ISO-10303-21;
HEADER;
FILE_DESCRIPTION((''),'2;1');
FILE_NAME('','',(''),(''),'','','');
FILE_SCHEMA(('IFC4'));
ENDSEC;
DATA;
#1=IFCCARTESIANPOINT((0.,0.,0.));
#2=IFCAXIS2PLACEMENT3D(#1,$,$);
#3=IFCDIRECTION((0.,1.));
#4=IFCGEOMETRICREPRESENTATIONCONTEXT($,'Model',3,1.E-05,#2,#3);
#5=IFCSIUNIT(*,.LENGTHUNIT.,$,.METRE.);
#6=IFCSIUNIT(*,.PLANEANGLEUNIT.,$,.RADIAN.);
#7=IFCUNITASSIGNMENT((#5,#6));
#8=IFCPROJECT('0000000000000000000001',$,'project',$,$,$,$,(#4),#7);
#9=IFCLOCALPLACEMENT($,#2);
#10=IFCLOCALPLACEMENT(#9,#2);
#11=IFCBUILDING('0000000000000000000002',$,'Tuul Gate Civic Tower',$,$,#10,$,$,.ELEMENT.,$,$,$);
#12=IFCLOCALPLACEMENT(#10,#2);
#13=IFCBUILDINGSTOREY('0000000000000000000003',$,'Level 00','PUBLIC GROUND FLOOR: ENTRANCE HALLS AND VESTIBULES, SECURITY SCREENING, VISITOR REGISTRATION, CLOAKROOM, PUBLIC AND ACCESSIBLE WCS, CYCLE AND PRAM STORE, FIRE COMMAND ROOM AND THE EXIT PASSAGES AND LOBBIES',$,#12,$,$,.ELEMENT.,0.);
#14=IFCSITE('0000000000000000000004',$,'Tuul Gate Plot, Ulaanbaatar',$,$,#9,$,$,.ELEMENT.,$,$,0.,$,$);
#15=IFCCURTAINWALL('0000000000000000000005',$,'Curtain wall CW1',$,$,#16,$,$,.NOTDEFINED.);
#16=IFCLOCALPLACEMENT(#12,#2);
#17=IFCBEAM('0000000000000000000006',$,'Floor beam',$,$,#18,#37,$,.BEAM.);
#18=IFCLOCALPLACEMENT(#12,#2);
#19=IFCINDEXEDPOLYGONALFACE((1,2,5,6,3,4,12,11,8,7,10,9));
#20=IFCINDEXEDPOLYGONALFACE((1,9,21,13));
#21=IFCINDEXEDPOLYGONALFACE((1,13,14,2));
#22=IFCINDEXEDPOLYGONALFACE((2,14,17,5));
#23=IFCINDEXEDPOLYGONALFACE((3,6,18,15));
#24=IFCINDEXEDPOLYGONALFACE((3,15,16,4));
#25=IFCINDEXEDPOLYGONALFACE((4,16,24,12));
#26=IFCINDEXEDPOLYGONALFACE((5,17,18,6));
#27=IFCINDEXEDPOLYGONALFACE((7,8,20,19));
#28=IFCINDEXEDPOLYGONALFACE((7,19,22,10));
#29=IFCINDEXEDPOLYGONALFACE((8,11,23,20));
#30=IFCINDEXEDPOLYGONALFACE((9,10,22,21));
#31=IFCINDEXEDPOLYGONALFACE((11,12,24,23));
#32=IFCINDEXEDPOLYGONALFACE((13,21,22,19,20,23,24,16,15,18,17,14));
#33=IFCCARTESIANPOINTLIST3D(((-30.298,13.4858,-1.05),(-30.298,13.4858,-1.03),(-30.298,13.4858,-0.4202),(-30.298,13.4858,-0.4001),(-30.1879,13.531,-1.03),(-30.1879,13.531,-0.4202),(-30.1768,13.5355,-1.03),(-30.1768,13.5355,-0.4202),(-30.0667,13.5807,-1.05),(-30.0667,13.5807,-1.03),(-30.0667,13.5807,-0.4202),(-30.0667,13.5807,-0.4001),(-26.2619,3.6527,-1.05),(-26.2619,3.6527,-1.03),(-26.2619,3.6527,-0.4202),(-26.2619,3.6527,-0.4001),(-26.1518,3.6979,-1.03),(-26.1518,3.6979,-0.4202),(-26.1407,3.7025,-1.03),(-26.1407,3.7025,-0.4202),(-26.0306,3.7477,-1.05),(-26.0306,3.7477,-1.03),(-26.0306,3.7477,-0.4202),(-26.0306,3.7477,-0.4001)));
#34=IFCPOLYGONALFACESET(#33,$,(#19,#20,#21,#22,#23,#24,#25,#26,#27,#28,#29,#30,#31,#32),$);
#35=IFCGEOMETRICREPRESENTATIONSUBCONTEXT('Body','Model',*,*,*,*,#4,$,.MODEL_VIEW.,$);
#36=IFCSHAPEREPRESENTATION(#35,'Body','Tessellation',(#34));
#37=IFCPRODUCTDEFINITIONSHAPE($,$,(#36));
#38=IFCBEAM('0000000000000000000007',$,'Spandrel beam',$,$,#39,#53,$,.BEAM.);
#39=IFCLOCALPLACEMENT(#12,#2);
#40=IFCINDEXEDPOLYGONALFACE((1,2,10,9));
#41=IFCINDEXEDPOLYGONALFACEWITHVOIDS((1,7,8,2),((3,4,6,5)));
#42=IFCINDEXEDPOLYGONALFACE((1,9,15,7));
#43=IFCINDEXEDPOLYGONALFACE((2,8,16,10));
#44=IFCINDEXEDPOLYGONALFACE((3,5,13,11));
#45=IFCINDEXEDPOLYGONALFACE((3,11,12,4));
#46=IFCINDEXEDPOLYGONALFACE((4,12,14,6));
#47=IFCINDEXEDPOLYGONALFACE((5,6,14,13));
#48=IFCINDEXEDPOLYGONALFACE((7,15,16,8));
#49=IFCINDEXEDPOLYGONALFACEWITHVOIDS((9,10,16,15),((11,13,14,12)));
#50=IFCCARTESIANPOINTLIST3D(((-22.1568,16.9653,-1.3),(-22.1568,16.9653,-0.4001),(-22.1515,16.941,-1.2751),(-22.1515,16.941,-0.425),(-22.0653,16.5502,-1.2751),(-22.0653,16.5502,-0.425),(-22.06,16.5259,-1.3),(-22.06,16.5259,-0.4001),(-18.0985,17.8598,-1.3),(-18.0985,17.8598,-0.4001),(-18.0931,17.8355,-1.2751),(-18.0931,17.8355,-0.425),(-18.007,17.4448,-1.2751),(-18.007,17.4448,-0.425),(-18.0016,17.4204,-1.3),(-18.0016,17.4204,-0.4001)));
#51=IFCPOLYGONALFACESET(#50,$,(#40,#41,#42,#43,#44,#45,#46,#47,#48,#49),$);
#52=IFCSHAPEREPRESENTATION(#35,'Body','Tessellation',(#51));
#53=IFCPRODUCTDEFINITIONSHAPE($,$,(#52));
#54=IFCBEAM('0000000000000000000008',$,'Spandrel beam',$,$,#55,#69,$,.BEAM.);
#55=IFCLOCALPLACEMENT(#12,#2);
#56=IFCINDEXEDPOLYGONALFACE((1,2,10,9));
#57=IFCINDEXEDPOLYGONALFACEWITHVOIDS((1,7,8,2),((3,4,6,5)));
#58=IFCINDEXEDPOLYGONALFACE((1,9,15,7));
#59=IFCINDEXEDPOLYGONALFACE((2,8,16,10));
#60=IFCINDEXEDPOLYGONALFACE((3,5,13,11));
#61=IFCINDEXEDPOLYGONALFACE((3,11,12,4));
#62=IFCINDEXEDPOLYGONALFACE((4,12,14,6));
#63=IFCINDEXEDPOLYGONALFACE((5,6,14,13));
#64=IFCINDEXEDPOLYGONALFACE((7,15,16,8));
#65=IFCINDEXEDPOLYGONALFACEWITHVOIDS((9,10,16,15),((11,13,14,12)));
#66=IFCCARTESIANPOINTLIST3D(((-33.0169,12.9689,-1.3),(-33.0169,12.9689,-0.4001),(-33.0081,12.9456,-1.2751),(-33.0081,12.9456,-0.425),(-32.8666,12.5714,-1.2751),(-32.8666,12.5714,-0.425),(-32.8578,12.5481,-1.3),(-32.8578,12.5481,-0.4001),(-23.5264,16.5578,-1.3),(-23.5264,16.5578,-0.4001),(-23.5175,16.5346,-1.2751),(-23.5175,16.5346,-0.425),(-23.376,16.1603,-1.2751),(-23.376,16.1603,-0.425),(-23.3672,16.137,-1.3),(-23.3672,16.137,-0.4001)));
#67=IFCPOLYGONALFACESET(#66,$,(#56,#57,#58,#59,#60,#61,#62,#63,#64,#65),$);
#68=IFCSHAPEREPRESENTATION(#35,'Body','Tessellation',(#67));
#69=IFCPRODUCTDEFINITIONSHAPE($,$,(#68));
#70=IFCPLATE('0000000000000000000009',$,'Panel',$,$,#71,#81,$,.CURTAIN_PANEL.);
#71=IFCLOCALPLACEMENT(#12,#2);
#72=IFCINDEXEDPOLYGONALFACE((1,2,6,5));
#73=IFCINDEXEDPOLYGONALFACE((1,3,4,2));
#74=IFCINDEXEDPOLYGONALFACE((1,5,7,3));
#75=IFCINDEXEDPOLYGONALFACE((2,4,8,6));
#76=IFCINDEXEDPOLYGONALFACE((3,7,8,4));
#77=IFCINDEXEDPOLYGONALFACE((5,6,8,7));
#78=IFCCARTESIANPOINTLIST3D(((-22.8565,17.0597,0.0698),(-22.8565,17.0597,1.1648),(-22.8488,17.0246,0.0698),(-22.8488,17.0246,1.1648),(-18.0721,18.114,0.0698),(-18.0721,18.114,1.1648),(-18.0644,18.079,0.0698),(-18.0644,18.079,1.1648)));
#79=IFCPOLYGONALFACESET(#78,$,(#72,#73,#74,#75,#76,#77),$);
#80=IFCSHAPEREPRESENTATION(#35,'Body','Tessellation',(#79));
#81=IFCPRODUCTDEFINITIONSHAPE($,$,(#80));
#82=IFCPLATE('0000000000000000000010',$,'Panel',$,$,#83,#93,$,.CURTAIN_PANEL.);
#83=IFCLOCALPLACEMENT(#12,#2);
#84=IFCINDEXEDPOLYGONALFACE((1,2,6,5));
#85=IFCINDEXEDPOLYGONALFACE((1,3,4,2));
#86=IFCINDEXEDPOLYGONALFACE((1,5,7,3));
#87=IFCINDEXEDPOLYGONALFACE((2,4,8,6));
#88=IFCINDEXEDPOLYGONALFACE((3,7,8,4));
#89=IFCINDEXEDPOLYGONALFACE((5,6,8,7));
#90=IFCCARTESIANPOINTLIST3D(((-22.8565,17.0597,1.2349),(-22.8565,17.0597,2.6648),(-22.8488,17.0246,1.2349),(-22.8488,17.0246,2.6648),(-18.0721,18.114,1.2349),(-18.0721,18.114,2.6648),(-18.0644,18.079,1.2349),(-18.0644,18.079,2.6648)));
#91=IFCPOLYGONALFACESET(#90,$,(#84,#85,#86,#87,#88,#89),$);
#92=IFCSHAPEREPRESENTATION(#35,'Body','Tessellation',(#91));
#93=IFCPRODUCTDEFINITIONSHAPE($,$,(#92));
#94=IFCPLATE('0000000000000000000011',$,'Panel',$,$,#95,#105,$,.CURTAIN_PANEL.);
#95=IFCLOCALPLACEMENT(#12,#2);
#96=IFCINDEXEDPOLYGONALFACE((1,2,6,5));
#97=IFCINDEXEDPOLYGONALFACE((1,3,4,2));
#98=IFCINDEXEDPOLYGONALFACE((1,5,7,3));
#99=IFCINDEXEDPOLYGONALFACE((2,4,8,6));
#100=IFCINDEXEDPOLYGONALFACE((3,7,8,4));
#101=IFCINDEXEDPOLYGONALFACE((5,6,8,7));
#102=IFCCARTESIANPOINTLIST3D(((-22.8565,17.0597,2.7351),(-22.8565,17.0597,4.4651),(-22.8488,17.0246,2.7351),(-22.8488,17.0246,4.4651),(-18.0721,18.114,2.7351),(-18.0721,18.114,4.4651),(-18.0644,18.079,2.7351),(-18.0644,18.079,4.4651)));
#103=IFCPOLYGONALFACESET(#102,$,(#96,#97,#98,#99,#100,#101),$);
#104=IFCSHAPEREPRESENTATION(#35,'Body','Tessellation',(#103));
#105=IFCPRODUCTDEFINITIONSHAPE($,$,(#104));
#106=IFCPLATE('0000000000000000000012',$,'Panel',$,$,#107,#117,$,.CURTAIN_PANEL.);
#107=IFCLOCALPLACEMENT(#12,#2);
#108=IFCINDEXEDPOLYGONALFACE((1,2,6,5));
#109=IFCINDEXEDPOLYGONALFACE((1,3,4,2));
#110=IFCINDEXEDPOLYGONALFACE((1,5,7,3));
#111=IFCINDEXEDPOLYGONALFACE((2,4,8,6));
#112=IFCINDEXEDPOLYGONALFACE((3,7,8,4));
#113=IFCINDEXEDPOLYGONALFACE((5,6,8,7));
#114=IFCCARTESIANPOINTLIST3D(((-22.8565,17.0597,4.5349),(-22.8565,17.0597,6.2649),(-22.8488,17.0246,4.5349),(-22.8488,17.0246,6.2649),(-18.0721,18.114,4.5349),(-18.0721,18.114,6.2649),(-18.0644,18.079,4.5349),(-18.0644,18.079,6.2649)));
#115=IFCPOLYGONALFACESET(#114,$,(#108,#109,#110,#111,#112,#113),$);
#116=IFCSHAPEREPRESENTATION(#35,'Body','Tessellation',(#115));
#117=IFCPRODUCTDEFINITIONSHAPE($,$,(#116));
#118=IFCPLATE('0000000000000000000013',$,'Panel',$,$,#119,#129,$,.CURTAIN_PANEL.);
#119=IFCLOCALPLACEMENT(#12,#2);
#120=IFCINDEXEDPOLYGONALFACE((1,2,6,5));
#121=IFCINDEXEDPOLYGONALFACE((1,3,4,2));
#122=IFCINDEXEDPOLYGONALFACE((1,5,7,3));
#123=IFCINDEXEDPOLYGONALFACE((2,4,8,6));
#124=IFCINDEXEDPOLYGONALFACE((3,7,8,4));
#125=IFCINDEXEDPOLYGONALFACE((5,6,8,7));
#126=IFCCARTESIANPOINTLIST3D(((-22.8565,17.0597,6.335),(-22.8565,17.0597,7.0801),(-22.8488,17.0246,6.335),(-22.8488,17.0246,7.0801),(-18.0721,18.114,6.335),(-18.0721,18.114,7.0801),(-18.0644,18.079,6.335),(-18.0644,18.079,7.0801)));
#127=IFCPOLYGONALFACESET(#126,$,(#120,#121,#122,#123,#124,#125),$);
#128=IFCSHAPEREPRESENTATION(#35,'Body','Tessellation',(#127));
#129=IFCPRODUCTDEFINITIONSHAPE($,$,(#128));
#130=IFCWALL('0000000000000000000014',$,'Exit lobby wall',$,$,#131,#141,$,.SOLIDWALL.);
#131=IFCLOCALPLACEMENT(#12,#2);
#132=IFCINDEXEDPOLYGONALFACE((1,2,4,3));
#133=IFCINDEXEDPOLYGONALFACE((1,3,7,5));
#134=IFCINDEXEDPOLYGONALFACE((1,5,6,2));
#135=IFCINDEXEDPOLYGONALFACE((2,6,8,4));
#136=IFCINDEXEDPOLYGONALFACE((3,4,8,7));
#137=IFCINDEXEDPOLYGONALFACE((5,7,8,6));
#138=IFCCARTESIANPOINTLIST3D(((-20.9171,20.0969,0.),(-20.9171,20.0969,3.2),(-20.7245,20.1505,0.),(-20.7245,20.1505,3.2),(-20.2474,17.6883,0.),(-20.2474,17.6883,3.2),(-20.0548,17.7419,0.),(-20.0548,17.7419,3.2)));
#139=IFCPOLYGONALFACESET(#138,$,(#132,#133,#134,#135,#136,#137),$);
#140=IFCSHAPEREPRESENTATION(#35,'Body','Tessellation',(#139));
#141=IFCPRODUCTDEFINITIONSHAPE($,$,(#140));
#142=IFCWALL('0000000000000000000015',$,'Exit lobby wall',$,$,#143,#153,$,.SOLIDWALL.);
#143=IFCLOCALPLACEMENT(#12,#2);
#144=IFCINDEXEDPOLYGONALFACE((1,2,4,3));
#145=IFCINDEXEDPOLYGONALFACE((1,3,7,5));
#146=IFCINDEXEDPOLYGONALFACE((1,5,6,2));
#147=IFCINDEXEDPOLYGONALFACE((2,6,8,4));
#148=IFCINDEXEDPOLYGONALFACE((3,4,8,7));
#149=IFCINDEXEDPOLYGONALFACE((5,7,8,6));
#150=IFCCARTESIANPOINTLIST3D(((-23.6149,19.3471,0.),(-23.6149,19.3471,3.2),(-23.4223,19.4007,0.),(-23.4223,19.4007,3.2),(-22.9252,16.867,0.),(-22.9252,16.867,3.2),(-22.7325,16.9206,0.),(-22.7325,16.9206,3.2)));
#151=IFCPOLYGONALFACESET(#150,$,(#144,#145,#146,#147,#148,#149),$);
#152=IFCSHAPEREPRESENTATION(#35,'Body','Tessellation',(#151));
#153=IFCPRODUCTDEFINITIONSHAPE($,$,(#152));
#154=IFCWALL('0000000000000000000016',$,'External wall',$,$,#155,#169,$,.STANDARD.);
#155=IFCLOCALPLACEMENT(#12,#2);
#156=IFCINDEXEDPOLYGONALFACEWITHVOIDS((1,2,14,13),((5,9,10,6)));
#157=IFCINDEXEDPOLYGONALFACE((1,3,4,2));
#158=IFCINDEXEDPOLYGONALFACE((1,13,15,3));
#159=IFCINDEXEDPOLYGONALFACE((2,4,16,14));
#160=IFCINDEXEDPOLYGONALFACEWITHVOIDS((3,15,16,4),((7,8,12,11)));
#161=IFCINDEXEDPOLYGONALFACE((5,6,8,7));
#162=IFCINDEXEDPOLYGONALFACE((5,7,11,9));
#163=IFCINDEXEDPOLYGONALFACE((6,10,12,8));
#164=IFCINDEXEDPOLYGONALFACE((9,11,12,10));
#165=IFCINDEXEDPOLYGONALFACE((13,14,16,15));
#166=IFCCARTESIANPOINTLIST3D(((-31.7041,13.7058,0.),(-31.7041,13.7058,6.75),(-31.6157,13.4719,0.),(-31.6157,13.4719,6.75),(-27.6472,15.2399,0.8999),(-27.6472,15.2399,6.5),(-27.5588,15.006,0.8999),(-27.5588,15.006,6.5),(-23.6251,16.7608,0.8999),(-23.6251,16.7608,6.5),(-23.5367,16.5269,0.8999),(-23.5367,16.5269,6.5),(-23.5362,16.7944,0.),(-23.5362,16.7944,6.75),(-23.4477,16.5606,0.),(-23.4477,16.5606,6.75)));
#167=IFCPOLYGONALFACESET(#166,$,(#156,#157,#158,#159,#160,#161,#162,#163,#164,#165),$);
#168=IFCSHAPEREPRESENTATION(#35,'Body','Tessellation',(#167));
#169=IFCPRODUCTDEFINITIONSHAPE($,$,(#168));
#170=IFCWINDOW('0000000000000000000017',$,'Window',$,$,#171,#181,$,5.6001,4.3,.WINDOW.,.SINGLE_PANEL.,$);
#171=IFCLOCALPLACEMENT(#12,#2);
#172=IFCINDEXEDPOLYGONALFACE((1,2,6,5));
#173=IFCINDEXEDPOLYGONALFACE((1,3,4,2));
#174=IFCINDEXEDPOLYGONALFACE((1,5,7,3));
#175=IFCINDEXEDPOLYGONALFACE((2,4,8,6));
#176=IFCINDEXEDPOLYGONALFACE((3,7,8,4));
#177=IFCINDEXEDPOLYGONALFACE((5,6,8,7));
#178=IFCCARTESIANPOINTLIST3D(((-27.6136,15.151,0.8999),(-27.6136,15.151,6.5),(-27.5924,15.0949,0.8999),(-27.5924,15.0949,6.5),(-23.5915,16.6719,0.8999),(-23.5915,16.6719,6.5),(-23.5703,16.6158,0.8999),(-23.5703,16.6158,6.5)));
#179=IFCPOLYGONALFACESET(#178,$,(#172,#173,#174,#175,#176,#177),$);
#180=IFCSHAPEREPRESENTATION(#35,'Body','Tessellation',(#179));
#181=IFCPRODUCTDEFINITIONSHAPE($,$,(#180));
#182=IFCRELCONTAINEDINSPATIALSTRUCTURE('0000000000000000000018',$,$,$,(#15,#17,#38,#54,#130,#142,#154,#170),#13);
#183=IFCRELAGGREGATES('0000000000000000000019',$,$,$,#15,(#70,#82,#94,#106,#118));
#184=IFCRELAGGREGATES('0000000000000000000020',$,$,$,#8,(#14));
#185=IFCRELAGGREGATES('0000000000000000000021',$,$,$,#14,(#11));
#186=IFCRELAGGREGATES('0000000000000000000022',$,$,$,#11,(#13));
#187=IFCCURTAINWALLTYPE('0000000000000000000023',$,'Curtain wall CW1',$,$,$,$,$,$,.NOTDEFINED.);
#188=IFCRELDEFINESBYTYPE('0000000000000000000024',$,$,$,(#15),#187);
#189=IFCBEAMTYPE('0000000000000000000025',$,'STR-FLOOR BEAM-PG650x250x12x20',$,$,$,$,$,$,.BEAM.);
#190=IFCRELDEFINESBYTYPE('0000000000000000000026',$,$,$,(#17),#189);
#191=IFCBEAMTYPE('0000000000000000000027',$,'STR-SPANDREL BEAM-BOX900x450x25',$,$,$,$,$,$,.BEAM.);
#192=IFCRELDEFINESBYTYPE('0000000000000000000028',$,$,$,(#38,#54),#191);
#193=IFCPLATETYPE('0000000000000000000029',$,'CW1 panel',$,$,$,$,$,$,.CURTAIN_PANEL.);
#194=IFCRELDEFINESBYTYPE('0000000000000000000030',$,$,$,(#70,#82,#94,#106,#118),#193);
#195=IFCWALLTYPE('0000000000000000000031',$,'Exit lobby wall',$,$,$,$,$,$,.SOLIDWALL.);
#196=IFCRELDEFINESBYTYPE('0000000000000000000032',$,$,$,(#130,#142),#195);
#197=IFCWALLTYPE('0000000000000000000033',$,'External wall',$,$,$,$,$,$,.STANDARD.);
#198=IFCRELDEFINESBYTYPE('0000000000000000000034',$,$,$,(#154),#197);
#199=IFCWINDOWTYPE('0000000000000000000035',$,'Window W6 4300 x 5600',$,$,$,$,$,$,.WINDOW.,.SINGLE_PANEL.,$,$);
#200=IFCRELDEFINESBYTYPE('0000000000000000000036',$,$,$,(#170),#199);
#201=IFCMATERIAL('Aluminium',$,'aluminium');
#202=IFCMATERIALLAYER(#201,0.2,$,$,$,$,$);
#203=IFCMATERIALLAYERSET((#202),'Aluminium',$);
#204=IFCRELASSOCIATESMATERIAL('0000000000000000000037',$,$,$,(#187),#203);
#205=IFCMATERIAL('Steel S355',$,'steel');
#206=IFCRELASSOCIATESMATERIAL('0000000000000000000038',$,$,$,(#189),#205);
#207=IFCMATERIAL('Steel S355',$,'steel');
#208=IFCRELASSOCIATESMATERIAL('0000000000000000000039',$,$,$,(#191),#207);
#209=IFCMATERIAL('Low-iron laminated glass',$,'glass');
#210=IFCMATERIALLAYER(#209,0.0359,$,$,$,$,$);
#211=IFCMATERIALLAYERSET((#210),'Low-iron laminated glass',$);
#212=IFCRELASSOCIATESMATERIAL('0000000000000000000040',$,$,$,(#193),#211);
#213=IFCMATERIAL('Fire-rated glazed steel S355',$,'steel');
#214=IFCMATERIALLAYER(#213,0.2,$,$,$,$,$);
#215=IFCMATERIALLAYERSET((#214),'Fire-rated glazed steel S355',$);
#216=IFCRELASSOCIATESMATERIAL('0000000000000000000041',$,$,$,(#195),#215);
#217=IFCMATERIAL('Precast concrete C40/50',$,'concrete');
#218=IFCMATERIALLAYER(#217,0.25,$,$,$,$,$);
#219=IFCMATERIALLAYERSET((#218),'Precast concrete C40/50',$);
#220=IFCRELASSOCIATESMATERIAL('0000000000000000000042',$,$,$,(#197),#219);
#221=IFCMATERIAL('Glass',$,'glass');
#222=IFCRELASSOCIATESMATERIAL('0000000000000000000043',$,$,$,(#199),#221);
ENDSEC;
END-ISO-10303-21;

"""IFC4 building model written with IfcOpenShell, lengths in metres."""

from ifc_helpers import new_model, si_unit, direction, frame, frame_2d, origin, origin_2d, place, context, subcontext, project, spatial, rectangle, hollow_rectangle, i_section, extrude, material, layer, layer_set, material_profile, profile_set, type_object, element, fill, aggregate, save


model = new_model("IFC4")

# Units and contexts
model_context = context("Model", 3, precision=1e-05, world=origin(), true_north=direction((0.0, 1.0)))
body_context = subcontext(model_context, "Body", "Model", "MODEL_VIEW")
ifc_project = project(units=[si_unit("LENGTHUNIT", "METRE"), si_unit("PLANEANGLEUNIT", "RADIAN")], contexts=[model_context])

# Site, building, storey
site_placement = place(None, origin())
site = spatial("IfcSite", under=ifc_project, at=site_placement, Name="Tuul Gate Plot, Ulaanbaatar", CompositionType="ELEMENT", RefElevation=0.0)
building_placement = place(site_placement, origin())
building = spatial("IfcBuilding", under=site, at=building_placement, Name="Tuul Gate Civic Tower", CompositionType="ELEMENT")
storey_placement = place(building_placement, origin())
storey = spatial("IfcBuildingStorey", under=building, at=storey_placement, Name="Level 00", Description="PUBLIC GROUND FLOOR: ENTRANCE HALLS AND VESTIBULES, SECURITY SCREENING, VISITOR REGISTRATION, CLOAKROOM, PUBLIC AND ACCESSIBLE WCS, CYCLE AND PRAM STORE, FIRE COMMAND ROOM AND THE EXIT PASSAGES AND LOBBIES", CompositionType="ELEMENT", Elevation=0.0)

# Curtain wall
ifc_material_1 = material(Name="Aluminium", Category="aluminium")
ifc_layer_1 = layer(ifc_material_1, 0.2)
ifc_layer_set_1 = layer_set([ifc_layer_1], Name="Aluminium")
curtain_wall_type = type_object("IfcCurtainWallType", Name="Curtain wall CW1", PredefinedType="NOTDEFINED", material=ifc_layer_set_1)
curtain_wall_placement = place(storey_placement, origin())
curtain_wall = element("IfcCurtainWall", 1, at=curtain_wall_placement, inside=storey, type_object=curtain_wall_type, Name="Curtain wall CW1", PredefinedType="NOTDEFINED")

# Beams
ifc_material_2 = material(Name="Steel S355", Category="steel")
ifc_material_profile_1 = material_profile(ifc_material_2, i_section(OverallWidth=0.25, OverallDepth=0.6499, WebThickness=0.012, FlangeThickness=0.02, at=origin_2d()), Name="PG650x250x12x20")
ifc_profile_set_1 = profile_set([ifc_material_profile_1], Name="Steel S355")
beam_type_1 = type_object("IfcBeamType", Name="STR-FLOOR BEAM-PG650x250x12x20", PredefinedType="BEAM", material=ifc_profile_set_1)
beam_1_placement = place(storey_placement, frame((-26.1462, 3.7002, -0.7251), z_axis=(-0.379724, 0.9251, 0.0), x_axis=(-0.9251, -0.379724, 0.0)))
element("IfcBeam", 2, at=beam_1_placement, inside=storey, type_object=beam_type_1, Name="Floor beam", PredefinedType="BEAM", context=body_context, shape_type="SweptSolid", body=[
    extrude(i_section(OverallWidth=0.25, OverallDepth=0.6499, WebThickness=0.012, FlangeThickness=0.02, at=origin_2d()), origin(), (0.0, 0.0, 1.0), 10.6292),
])
ifc_material_3 = material(Name="Steel S355", Category="steel")
ifc_material_profile_2 = material_profile(ifc_material_3, hollow_rectangle(XDim=0.45, YDim=0.8999, WallThickness=0.0249, at=origin_2d()), Name="BOX900x450x25")
ifc_profile_set_2 = profile_set([ifc_material_profile_2], Name="Steel S355")
beam_type_2 = type_object("IfcBeamType", Name="STR-SPANDREL BEAM-BOX900x450x25", PredefinedType="BEAM", material=ifc_profile_set_2)
beam_2_placement = place(storey_placement, frame((-18.05, 17.6401, -0.8501), z_axis=(-0.976559, -0.215251, 0.0), x_axis=(0.215251, -0.976559, 0.0)))
element("IfcBeam", 3, at=beam_2_placement, inside=storey, type_object=beam_type_2, Name="Spandrel beam", PredefinedType="BEAM", context=body_context, shape_type="SweptSolid", body=[
    extrude(hollow_rectangle(XDim=0.45, YDim=0.8999, WallThickness=0.0249, at=origin_2d()), origin(), (0.0, 0.0, 1.0), 4.1558),
])
beam_3_placement = place(storey_placement, frame((-23.4468, 16.3474, -0.8501), z_axis=(-0.935356, -0.353709, 0.0), x_axis=(0.353709, -0.935356, 0.0)))
element("IfcBeam", 4, at=beam_3_placement, inside=storey, type_object=beam_type_2, Name="Spandrel beam", PredefinedType="BEAM", context=body_context, shape_type="SweptSolid", body=[
    extrude(hollow_rectangle(XDim=0.45, YDim=0.8999, WallThickness=0.0249, at=origin_2d()), origin(), (0.0, 0.0, 1.0), 10.1465),
])

# Plates
ifc_material_4 = material(Name="Low-iron laminated glass", Category="glass")
ifc_layer_2 = layer(ifc_material_4, 0.0359)
ifc_layer_set_2 = layer_set([ifc_layer_2], Name="Low-iron laminated glass")
plate_type = type_object("IfcPlateType", Name="CW1 panel", PredefinedType="CURTAIN_PANEL", material=ifc_layer_set_2)
plate_1_placement = place(storey_placement, frame((-20.4604, 17.5693, 0.0698), z_axis=(0.0, 0.0, 1.0), x_axis=(-0.976569, -0.215207, 0.0)))
plate_1 = element("IfcPlate", 5, at=plate_1_placement, type_object=plate_type, Name="Panel", PredefinedType="CURTAIN_PANEL", context=body_context, shape_type="SweptSolid", body=[
    extrude(rectangle(XDim=4.8992, YDim=0.0359, at=origin_2d()), origin(), (0.0, 0.0, 1.0), 1.095),
])
plate_2_placement = place(storey_placement, frame((-20.4604, 17.5693, 1.2349), z_axis=(0.0, 0.0, 1.0), x_axis=(-0.976569, -0.215207, 0.0)))
plate_2 = element("IfcPlate", 6, at=plate_2_placement, type_object=plate_type, Name="Panel", PredefinedType="CURTAIN_PANEL", context=body_context, shape_type="SweptSolid", body=[
    extrude(rectangle(XDim=4.8992, YDim=0.0359, at=origin_2d()), origin(), (0.0, 0.0, 1.0), 1.4299),
])
plate_3_placement = place(storey_placement, frame((-20.4604, 17.5693, 2.7351), z_axis=(0.0, 0.0, 1.0), x_axis=(-0.976569, -0.215207, 0.0)))
plate_3 = element("IfcPlate", 7, at=plate_3_placement, type_object=plate_type, Name="Panel", PredefinedType="CURTAIN_PANEL", context=body_context, shape_type="SweptSolid", body=[
    extrude(rectangle(XDim=4.8992, YDim=0.0359, at=origin_2d()), origin(), (0.0, 0.0, 1.0), 1.73),
])
plate_4_placement = place(storey_placement, frame((-20.4604, 17.5693, 4.5349), z_axis=(0.0, 0.0, 1.0), x_axis=(-0.976569, -0.215207, 0.0)))
plate_4 = element("IfcPlate", 8, at=plate_4_placement, type_object=plate_type, Name="Panel", PredefinedType="CURTAIN_PANEL", context=body_context, shape_type="SweptSolid", body=[
    extrude(rectangle(XDim=4.8992, YDim=0.0359, at=origin_2d()), origin(), (0.0, 0.0, 1.0), 1.73),
])
plate_5_placement = place(storey_placement, frame((-20.4604, 17.5693, 6.335), z_axis=(0.0, 0.0, 1.0), x_axis=(-0.976569, -0.215207, 0.0)))
plate_5 = element("IfcPlate", 9, at=plate_5_placement, type_object=plate_type, Name="Panel", PredefinedType="CURTAIN_PANEL", context=body_context, shape_type="SweptSolid", body=[
    extrude(rectangle(XDim=4.8992, YDim=0.0359, at=origin_2d()), origin(), (0.0, 0.0, 1.0), 0.7451),
])
aggregate(curtain_wall, [plate_1, plate_2, plate_3, plate_4, plate_5])

# Walls
ifc_material_5 = material(Name="Fire-rated glazed steel S355", Category="steel")
ifc_layer_3 = layer(ifc_material_5, 0.2)
ifc_layer_set_3 = layer_set([ifc_layer_3], Name="Fire-rated glazed steel S355")
wall_type_1 = type_object("IfcWallType", Name="Exit lobby wall", PredefinedType="SOLIDWALL", material=ifc_layer_set_3)
wall_1_placement = place(storey_placement, frame((-20.1511, 17.7151, 0.0), z_axis=(0.0, 0.0, 1.0), x_axis=(-0.267865, 0.963456, 0.0)))
element("IfcWall", 10, at=wall_1_placement, inside=storey, type_object=wall_type_1, Name="Exit lobby wall", PredefinedType="SOLIDWALL", context=body_context, shape_type="SweptSolid", body=[
    extrude(rectangle(XDim=2.5, YDim=0.2, at=frame_2d((1.25, 0.0))), origin(), (0.0, 0.0, 1.0), 3.2),
])
wall_2_placement = place(storey_placement, frame((-22.8289, 16.8938, 0.0), z_axis=(0.0, 0.0, 1.0), x_axis=(-0.267937, 0.963436, 0.0)))
element("IfcWall", 11, at=wall_2_placement, inside=storey, type_object=wall_type_1, Name="Exit lobby wall", PredefinedType="SOLIDWALL", context=body_context, shape_type="SweptSolid", body=[
    extrude(rectangle(XDim=2.5742, YDim=0.2, at=frame_2d((1.2871, 0.0))), origin(), (0.0, 0.0, 1.0), 3.2),
])

# Wall, opening, window
ifc_material_6 = material(Name="Precast concrete C40/50", Category="concrete")
ifc_layer_4 = layer(ifc_material_6, 0.25)
ifc_layer_set_4 = layer_set([ifc_layer_4], Name="Precast concrete C40/50")
wall_type_2 = type_object("IfcWallType", Name="External wall", PredefinedType="STANDARD", material=ifc_layer_set_4)
wall_3_placement = place(storey_placement, frame((-23.4919, 16.6775, 0.0), z_axis=(0.0, 0.0, 1.0), x_axis=(-0.935361, -0.353696, 0.0)))
wall_3 = element("IfcWall", 12, at=wall_3_placement, inside=storey, type_object=wall_type_2, Name="External wall", PredefinedType="STANDARD", context=body_context, shape_type="SweptSolid", body=[
    extrude(rectangle(XDim=8.7324, YDim=0.25, at=frame_2d((4.3662, 0.0))), origin(), (0.0, 0.0, 1.0), 6.75),
])
opening_1_placement = place(wall_3_placement, frame((0.0952, 0.0, 0.8999)))
opening_1 = element("IfcOpeningElement", 13, at=opening_1_placement, cuts=wall_3, PredefinedType="OPENING", context=body_context, shape_type="SweptSolid", body=[
    extrude(rectangle(XDim=4.3, YDim=5.6001, at=frame_2d((2.1499, 2.8))), frame((0.0, 0.135, 0.0), z_axis=(0.0, -1.0, 0.0), x_axis=(1.0, 0.0, 0.0)), (0.0, 0.0, 1.0), 0.27),
])
ifc_material_7 = material(Name="Glass", Category="glass")
window_type = type_object("IfcWindowType", Name="Window W6 4300 x 5600", PartitioningType="SINGLE_PANEL", PredefinedType="WINDOW", material=ifc_material_7)
window_placement = place(opening_1_placement, origin())
window = element("IfcWindow", 14, at=window_placement, inside=storey, type_object=window_type, Name="Window", OverallHeight=5.6001, OverallWidth=4.3, PartitioningType="SINGLE_PANEL", PredefinedType="WINDOW", context=body_context, shape_type="SweptSolid", body=[
    extrude(rectangle(XDim=4.3, YDim=5.6001, at=frame_2d((2.1499, 2.8))), frame((0.0, 0.03, 0.0), z_axis=(0.0, -1.0, 0.0), x_axis=(1.0, 0.0, 0.0)), (0.0, 0.0, 1.0), 0.0601),
])
fill(opening_1, window)

save(model, "model.ifc")
